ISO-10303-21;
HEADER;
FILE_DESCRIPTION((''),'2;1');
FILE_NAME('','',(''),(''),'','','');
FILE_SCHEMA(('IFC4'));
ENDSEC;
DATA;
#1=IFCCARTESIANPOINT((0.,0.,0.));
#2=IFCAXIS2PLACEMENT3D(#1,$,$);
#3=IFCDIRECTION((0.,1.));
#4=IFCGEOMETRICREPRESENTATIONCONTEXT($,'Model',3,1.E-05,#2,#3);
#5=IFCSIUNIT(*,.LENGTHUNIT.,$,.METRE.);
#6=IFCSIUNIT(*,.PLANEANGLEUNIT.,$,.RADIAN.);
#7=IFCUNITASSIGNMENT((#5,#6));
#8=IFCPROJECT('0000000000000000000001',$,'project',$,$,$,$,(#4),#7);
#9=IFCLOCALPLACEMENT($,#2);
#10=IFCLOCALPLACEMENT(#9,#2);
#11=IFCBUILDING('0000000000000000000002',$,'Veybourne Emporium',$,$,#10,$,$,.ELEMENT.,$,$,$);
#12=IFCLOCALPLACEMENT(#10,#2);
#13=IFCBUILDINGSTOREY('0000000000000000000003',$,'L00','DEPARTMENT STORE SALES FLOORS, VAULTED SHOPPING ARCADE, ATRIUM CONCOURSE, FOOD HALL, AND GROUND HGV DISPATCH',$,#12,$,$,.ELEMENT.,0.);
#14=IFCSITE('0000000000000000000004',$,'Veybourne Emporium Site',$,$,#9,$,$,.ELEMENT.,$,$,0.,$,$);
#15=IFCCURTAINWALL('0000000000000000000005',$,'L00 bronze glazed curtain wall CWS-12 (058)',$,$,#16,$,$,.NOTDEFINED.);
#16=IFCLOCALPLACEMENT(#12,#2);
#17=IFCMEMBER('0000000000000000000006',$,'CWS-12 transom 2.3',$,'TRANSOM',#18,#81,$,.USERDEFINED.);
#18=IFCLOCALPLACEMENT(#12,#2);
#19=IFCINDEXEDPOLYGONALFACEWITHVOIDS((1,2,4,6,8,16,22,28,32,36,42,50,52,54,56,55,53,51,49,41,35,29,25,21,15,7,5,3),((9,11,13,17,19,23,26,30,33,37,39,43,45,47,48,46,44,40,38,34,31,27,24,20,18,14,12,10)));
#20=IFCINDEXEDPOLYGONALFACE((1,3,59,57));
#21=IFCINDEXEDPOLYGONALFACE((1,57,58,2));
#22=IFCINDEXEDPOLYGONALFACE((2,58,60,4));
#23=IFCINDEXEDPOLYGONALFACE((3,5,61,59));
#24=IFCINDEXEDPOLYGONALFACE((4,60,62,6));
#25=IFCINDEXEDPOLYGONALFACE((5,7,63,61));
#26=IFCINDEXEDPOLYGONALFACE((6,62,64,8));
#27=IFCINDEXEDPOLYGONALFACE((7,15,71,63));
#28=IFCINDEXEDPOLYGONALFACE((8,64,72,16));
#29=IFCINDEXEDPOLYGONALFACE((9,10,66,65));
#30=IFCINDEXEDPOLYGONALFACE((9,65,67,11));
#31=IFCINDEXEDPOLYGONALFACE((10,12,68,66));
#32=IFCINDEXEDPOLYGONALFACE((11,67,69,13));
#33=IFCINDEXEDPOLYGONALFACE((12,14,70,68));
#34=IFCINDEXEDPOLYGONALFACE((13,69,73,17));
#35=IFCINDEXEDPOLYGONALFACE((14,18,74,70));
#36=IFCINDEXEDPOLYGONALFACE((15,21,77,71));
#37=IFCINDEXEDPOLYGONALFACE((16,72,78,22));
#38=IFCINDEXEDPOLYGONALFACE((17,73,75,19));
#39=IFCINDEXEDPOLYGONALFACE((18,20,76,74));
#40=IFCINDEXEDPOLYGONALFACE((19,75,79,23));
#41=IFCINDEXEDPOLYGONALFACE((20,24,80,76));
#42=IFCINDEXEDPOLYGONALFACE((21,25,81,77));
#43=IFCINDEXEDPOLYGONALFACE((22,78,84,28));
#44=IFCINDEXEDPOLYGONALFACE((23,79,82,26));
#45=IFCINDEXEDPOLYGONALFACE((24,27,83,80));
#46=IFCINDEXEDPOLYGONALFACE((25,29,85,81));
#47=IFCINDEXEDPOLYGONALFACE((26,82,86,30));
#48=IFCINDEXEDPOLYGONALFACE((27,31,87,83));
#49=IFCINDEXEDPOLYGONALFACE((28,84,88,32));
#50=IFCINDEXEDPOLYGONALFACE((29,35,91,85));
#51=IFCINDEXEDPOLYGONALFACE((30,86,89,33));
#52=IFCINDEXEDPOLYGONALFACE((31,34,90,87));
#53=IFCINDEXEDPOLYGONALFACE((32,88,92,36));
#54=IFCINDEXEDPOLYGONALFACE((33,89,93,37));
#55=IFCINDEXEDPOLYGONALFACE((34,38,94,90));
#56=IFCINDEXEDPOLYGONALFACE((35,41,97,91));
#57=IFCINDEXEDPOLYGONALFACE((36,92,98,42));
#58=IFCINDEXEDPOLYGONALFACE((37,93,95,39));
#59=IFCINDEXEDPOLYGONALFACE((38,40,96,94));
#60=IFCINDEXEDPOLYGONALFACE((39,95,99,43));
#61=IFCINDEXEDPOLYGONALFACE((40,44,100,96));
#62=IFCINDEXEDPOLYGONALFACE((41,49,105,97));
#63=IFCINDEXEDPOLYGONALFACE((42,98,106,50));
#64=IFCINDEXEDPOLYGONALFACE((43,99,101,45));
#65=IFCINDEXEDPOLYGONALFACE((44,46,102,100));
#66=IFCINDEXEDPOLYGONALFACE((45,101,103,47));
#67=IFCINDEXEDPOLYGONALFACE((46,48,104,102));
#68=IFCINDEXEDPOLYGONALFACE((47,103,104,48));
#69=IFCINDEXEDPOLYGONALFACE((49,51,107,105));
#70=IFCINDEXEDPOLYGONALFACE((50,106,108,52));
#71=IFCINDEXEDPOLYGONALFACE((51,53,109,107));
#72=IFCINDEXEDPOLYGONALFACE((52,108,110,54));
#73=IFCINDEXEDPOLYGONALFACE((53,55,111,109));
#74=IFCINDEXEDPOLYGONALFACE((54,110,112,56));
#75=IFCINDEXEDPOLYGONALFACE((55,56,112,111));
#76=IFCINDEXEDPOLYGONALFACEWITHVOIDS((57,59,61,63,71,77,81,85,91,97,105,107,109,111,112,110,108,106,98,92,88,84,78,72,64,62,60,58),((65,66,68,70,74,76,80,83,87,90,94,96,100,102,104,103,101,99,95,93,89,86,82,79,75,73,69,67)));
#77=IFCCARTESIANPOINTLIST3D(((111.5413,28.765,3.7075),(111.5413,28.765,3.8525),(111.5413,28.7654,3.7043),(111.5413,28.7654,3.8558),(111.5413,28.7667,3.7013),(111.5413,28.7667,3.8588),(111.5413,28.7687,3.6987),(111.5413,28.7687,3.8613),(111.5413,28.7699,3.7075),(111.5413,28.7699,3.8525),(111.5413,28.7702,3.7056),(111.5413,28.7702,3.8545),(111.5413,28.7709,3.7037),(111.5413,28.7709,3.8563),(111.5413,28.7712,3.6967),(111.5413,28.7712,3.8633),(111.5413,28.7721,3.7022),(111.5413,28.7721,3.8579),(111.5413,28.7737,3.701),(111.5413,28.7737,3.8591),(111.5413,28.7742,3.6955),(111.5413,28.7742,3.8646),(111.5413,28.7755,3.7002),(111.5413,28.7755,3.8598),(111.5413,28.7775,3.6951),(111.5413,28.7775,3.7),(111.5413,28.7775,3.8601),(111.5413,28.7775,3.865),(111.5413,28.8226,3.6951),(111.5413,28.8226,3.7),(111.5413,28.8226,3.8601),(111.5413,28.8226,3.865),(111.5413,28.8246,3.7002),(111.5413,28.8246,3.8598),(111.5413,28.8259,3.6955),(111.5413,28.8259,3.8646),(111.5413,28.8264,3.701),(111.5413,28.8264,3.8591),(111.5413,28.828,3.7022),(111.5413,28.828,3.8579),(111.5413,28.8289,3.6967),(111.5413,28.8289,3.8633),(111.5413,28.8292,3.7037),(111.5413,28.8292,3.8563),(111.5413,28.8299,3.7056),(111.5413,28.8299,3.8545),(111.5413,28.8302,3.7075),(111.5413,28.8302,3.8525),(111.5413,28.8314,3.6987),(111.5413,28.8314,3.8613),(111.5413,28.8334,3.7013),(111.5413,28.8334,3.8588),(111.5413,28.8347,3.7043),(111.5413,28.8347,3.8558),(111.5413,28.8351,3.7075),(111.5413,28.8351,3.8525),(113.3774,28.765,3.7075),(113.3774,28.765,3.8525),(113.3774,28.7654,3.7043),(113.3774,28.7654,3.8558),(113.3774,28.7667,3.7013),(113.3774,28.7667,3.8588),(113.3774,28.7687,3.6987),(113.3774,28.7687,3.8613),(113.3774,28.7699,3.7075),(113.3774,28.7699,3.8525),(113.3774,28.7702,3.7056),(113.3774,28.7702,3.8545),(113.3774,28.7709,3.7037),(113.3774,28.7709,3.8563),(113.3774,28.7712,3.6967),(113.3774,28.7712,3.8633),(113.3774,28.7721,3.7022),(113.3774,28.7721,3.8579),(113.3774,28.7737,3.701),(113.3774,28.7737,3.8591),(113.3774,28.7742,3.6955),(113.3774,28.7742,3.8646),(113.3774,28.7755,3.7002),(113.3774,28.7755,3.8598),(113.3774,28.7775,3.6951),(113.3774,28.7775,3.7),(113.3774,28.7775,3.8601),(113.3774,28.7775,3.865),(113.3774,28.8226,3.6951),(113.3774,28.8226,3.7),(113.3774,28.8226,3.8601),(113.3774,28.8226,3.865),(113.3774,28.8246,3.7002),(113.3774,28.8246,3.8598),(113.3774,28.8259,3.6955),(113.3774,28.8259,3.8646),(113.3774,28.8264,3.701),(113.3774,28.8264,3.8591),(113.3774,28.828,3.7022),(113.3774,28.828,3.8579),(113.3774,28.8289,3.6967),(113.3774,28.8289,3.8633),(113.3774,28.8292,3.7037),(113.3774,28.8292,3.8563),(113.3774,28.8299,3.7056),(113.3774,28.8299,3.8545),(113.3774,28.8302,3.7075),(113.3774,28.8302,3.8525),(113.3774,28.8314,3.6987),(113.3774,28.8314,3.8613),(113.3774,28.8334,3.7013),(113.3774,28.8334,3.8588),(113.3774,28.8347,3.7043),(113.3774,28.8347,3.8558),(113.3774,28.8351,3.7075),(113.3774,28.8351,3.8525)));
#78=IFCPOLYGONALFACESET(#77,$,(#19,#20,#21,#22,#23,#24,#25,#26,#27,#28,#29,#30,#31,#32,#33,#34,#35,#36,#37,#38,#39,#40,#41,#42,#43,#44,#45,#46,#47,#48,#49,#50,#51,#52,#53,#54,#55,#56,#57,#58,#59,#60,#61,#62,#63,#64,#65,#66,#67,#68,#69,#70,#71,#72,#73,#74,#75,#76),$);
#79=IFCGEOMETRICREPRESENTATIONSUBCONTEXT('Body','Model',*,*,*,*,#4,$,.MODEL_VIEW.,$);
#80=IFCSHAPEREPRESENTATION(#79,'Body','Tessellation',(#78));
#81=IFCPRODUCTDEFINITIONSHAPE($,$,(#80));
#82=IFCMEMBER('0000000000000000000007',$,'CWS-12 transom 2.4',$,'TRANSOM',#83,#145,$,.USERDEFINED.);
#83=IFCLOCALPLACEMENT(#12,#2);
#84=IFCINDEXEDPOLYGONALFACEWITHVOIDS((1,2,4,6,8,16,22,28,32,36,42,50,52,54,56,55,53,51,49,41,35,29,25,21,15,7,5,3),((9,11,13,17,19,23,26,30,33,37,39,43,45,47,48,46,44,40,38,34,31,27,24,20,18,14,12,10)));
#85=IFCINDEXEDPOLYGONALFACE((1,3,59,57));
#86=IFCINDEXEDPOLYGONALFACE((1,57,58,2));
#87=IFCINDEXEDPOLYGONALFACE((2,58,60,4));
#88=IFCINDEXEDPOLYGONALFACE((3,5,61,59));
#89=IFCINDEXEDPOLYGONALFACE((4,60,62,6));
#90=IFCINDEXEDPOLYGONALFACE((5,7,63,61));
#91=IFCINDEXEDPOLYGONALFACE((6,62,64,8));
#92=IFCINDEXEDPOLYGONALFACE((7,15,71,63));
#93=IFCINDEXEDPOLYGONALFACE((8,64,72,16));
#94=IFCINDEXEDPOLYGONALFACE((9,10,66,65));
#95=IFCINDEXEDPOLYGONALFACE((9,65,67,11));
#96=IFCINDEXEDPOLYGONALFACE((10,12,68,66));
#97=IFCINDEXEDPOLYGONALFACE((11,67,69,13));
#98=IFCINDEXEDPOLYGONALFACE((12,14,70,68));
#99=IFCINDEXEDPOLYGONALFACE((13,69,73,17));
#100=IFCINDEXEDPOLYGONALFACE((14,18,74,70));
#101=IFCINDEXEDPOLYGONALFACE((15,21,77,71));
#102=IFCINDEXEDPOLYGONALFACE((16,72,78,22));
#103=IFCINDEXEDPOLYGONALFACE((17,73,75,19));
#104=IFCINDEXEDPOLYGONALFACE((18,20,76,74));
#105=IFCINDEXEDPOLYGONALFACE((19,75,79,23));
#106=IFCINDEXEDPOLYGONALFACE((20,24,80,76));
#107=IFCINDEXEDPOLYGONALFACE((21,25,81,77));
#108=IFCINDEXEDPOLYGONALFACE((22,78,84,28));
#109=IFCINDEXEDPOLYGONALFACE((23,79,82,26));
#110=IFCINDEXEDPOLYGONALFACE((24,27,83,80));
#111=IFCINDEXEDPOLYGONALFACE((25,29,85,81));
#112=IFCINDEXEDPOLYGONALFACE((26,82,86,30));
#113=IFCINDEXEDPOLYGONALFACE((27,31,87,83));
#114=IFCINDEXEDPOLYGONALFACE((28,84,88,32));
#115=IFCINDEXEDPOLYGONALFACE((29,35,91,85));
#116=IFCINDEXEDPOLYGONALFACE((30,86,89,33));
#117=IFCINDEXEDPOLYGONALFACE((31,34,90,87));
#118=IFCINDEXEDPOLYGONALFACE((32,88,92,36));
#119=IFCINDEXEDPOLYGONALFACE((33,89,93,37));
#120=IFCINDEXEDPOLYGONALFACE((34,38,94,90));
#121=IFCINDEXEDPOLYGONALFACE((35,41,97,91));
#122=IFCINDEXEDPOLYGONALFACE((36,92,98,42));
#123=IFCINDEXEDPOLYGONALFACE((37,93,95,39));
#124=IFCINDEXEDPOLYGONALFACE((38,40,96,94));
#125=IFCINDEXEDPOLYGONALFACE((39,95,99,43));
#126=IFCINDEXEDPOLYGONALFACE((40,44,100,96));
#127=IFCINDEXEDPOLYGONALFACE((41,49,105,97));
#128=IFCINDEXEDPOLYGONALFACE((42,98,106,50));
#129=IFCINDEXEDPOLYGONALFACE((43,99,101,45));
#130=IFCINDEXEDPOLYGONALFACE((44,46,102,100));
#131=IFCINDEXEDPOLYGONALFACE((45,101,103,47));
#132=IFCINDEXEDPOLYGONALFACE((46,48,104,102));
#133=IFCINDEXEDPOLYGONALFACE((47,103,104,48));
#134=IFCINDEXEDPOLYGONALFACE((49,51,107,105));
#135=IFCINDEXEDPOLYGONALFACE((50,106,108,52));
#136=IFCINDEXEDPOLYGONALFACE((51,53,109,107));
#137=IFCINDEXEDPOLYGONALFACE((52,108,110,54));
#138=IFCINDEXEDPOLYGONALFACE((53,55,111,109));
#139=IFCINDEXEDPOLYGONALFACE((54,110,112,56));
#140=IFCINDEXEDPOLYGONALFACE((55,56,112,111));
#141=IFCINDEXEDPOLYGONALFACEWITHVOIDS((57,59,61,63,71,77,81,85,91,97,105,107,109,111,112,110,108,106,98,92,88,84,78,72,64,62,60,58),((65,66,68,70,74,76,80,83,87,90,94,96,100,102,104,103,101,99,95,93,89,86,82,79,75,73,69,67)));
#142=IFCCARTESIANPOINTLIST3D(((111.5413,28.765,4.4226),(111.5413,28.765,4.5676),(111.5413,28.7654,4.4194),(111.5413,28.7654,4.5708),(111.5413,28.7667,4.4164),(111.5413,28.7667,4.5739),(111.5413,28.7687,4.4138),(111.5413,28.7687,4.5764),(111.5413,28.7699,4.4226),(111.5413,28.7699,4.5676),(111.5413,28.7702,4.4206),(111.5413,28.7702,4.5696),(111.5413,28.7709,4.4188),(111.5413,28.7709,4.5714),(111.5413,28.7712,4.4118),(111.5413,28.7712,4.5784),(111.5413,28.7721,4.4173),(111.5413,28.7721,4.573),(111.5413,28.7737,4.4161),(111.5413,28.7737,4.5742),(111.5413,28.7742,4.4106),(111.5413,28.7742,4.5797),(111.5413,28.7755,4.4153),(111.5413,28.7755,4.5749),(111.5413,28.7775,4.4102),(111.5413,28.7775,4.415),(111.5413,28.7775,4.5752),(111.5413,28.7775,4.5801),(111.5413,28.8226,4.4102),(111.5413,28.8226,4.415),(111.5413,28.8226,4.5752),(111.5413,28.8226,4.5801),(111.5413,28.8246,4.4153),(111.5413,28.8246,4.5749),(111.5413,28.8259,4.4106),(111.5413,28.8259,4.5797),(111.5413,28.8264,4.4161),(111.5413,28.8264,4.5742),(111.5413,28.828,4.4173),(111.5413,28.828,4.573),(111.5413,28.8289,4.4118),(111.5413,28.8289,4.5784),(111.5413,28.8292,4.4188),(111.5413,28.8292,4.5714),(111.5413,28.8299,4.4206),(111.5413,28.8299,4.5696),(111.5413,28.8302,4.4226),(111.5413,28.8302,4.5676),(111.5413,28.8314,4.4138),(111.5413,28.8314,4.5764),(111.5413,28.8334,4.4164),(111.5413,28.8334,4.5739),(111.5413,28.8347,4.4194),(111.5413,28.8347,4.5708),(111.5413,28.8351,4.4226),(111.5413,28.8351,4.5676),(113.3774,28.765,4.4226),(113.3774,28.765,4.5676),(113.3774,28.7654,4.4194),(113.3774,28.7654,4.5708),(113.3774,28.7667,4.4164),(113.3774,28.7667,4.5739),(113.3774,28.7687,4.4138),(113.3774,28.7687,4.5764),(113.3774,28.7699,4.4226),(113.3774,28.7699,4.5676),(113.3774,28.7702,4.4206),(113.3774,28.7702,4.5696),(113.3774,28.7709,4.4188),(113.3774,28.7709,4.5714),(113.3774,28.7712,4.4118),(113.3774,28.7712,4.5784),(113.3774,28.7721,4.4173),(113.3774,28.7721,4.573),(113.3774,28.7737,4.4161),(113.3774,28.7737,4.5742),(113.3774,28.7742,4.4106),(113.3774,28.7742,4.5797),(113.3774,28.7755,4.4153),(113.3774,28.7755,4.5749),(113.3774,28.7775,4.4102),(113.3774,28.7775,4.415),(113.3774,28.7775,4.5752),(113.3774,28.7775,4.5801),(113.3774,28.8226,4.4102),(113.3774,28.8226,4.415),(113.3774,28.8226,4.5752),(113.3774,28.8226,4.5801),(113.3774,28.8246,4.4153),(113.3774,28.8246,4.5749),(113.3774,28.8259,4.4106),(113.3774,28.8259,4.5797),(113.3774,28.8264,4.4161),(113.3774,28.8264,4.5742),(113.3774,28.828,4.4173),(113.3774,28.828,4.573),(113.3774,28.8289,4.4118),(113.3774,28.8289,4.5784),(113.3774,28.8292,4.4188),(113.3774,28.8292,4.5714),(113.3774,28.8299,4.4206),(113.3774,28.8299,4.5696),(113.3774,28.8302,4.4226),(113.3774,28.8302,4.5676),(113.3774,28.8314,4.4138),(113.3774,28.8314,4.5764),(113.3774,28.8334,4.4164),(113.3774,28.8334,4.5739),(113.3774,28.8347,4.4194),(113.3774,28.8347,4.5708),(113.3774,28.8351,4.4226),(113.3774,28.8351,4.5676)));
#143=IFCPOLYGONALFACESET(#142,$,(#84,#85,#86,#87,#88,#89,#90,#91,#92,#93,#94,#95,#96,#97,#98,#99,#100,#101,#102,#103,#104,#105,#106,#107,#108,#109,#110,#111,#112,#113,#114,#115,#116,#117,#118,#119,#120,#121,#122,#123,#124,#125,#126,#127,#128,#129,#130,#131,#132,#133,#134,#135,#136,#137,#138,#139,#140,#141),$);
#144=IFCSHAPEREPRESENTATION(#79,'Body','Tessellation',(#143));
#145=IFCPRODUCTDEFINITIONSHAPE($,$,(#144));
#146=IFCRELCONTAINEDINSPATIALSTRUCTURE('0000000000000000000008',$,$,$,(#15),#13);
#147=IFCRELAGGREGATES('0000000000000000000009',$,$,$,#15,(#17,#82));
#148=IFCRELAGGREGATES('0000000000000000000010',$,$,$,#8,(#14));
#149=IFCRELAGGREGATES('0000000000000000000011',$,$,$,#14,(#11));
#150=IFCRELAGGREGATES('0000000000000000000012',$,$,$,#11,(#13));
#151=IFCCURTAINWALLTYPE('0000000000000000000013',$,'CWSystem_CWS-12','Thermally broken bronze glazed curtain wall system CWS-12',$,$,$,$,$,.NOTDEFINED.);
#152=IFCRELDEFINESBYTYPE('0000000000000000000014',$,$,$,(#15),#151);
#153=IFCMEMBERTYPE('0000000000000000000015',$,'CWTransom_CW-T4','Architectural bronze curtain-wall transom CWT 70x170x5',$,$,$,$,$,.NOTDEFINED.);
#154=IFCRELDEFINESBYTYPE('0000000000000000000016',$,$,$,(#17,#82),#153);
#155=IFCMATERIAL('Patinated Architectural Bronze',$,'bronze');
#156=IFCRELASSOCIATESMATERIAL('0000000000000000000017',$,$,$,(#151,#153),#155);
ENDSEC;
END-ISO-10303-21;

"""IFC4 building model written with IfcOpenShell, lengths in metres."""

from ifc_helpers import new_model, si_unit, direction, frame, origin, origin_2d, place, context, subcontext, project, spatial, hollow_rectangle, extrude, material, material_profile, profile_set, type_object, element, aggregate, save


model = new_model("IFC4")

# Units and contexts
model_context = context("Model", 3, precision=1e-05, world=origin(), true_north=direction((0.0, 1.0)))
body_context = subcontext(model_context, "Body", "Model", "MODEL_VIEW")
ifc_project = project(units=[si_unit("LENGTHUNIT", "METRE"), si_unit("PLANEANGLEUNIT", "RADIAN")], contexts=[model_context])

# Site, building, storey
site_placement = place(None, origin())
site = spatial("IfcSite", under=ifc_project, at=site_placement, Name="Veybourne Emporium Site", CompositionType="ELEMENT", RefElevation=0.0)
building_placement = place(site_placement, origin())
building = spatial("IfcBuilding", under=site, at=building_placement, Name="Veybourne Emporium", CompositionType="ELEMENT")
storey_placement = place(building_placement, origin())
storey = spatial("IfcBuildingStorey", under=building, at=storey_placement, Name="L00", Description="DEPARTMENT STORE SALES FLOORS, VAULTED SHOPPING ARCADE, ATRIUM CONCOURSE, FOOD HALL, AND GROUND HGV DISPATCH", CompositionType="ELEMENT", Elevation=0.0)

# Shared definitions
ifc_material_1 = material(Name="Patinated Architectural Bronze", Category="bronze")

# Curtain wall
curtain_wall_type_1 = type_object("IfcCurtainWallType", Name="CWSystem_CWS-12", Description="Thermally broken bronze glazed curtain wall system CWS-12", PredefinedType="NOTDEFINED", material=ifc_material_1)
curtain_wall_1_placement = place(storey_placement, origin())
curtain_wall_1 = element("IfcCurtainWall", 1, at=curtain_wall_1_placement, inside=storey, type_object=curtain_wall_type_1, Name="L00 bronze glazed curtain wall CWS-12 (058)", PredefinedType="NOTDEFINED")

# Members
ifc_material_profile_1 = material_profile(ifc_material_1, hollow_rectangle(XDim=0.0701, YDim=0.1699, WallThickness=0.0049, InnerFilletRadius=0.0076, OuterFilletRadius=0.0125, at=origin_2d()), Name="CWT 70x170x5")
ifc_profile_set_1 = profile_set([ifc_material_profile_1], Name="Patinated Architectural Bronze")
member_type_1 = type_object("IfcMemberType", Name="CWTransom_CW-T4", Description="Architectural bronze curtain-wall transom CWT 70x170x5", PredefinedType="NOTDEFINED", material=ifc_profile_set_1)
member_1_placement = place(storey_placement, frame((111.5413, 28.8, 3.78), z_axis=(1.0, 0.0, 0.0), x_axis=(0.0, 1.0, 0.0)))
member_1 = element("IfcMember", 2, at=member_1_placement, type_object=member_type_1, Name="CWS-12 transom 2.3", ObjectType="TRANSOM", PredefinedType="USERDEFINED", context=body_context, shape_type="SweptSolid", body=[
    extrude(hollow_rectangle(XDim=0.0701, YDim=0.1699, WallThickness=0.0049, InnerFilletRadius=0.0076, OuterFilletRadius=0.0125, at=origin_2d()), origin(), (0.0, 0.0, 1.0), 1.8362),
])
member_2_placement = place(storey_placement, frame((111.5413, 28.8, 4.4951), z_axis=(1.0, 0.0, 0.0), x_axis=(0.0, 1.0, 0.0)))
member_2 = element("IfcMember", 3, at=member_2_placement, type_object=member_type_1, Name="CWS-12 transom 2.4", ObjectType="TRANSOM", PredefinedType="USERDEFINED", context=body_context, shape_type="SweptSolid", body=[
    extrude(hollow_rectangle(XDim=0.0701, YDim=0.1699, WallThickness=0.0049, InnerFilletRadius=0.0076, OuterFilletRadius=0.0125, at=origin_2d()), origin(), (0.0, 0.0, 1.0), 1.8362),
])

aggregate(curtain_wall_1, [member_1, member_2])

save(model, "model.ifc")
